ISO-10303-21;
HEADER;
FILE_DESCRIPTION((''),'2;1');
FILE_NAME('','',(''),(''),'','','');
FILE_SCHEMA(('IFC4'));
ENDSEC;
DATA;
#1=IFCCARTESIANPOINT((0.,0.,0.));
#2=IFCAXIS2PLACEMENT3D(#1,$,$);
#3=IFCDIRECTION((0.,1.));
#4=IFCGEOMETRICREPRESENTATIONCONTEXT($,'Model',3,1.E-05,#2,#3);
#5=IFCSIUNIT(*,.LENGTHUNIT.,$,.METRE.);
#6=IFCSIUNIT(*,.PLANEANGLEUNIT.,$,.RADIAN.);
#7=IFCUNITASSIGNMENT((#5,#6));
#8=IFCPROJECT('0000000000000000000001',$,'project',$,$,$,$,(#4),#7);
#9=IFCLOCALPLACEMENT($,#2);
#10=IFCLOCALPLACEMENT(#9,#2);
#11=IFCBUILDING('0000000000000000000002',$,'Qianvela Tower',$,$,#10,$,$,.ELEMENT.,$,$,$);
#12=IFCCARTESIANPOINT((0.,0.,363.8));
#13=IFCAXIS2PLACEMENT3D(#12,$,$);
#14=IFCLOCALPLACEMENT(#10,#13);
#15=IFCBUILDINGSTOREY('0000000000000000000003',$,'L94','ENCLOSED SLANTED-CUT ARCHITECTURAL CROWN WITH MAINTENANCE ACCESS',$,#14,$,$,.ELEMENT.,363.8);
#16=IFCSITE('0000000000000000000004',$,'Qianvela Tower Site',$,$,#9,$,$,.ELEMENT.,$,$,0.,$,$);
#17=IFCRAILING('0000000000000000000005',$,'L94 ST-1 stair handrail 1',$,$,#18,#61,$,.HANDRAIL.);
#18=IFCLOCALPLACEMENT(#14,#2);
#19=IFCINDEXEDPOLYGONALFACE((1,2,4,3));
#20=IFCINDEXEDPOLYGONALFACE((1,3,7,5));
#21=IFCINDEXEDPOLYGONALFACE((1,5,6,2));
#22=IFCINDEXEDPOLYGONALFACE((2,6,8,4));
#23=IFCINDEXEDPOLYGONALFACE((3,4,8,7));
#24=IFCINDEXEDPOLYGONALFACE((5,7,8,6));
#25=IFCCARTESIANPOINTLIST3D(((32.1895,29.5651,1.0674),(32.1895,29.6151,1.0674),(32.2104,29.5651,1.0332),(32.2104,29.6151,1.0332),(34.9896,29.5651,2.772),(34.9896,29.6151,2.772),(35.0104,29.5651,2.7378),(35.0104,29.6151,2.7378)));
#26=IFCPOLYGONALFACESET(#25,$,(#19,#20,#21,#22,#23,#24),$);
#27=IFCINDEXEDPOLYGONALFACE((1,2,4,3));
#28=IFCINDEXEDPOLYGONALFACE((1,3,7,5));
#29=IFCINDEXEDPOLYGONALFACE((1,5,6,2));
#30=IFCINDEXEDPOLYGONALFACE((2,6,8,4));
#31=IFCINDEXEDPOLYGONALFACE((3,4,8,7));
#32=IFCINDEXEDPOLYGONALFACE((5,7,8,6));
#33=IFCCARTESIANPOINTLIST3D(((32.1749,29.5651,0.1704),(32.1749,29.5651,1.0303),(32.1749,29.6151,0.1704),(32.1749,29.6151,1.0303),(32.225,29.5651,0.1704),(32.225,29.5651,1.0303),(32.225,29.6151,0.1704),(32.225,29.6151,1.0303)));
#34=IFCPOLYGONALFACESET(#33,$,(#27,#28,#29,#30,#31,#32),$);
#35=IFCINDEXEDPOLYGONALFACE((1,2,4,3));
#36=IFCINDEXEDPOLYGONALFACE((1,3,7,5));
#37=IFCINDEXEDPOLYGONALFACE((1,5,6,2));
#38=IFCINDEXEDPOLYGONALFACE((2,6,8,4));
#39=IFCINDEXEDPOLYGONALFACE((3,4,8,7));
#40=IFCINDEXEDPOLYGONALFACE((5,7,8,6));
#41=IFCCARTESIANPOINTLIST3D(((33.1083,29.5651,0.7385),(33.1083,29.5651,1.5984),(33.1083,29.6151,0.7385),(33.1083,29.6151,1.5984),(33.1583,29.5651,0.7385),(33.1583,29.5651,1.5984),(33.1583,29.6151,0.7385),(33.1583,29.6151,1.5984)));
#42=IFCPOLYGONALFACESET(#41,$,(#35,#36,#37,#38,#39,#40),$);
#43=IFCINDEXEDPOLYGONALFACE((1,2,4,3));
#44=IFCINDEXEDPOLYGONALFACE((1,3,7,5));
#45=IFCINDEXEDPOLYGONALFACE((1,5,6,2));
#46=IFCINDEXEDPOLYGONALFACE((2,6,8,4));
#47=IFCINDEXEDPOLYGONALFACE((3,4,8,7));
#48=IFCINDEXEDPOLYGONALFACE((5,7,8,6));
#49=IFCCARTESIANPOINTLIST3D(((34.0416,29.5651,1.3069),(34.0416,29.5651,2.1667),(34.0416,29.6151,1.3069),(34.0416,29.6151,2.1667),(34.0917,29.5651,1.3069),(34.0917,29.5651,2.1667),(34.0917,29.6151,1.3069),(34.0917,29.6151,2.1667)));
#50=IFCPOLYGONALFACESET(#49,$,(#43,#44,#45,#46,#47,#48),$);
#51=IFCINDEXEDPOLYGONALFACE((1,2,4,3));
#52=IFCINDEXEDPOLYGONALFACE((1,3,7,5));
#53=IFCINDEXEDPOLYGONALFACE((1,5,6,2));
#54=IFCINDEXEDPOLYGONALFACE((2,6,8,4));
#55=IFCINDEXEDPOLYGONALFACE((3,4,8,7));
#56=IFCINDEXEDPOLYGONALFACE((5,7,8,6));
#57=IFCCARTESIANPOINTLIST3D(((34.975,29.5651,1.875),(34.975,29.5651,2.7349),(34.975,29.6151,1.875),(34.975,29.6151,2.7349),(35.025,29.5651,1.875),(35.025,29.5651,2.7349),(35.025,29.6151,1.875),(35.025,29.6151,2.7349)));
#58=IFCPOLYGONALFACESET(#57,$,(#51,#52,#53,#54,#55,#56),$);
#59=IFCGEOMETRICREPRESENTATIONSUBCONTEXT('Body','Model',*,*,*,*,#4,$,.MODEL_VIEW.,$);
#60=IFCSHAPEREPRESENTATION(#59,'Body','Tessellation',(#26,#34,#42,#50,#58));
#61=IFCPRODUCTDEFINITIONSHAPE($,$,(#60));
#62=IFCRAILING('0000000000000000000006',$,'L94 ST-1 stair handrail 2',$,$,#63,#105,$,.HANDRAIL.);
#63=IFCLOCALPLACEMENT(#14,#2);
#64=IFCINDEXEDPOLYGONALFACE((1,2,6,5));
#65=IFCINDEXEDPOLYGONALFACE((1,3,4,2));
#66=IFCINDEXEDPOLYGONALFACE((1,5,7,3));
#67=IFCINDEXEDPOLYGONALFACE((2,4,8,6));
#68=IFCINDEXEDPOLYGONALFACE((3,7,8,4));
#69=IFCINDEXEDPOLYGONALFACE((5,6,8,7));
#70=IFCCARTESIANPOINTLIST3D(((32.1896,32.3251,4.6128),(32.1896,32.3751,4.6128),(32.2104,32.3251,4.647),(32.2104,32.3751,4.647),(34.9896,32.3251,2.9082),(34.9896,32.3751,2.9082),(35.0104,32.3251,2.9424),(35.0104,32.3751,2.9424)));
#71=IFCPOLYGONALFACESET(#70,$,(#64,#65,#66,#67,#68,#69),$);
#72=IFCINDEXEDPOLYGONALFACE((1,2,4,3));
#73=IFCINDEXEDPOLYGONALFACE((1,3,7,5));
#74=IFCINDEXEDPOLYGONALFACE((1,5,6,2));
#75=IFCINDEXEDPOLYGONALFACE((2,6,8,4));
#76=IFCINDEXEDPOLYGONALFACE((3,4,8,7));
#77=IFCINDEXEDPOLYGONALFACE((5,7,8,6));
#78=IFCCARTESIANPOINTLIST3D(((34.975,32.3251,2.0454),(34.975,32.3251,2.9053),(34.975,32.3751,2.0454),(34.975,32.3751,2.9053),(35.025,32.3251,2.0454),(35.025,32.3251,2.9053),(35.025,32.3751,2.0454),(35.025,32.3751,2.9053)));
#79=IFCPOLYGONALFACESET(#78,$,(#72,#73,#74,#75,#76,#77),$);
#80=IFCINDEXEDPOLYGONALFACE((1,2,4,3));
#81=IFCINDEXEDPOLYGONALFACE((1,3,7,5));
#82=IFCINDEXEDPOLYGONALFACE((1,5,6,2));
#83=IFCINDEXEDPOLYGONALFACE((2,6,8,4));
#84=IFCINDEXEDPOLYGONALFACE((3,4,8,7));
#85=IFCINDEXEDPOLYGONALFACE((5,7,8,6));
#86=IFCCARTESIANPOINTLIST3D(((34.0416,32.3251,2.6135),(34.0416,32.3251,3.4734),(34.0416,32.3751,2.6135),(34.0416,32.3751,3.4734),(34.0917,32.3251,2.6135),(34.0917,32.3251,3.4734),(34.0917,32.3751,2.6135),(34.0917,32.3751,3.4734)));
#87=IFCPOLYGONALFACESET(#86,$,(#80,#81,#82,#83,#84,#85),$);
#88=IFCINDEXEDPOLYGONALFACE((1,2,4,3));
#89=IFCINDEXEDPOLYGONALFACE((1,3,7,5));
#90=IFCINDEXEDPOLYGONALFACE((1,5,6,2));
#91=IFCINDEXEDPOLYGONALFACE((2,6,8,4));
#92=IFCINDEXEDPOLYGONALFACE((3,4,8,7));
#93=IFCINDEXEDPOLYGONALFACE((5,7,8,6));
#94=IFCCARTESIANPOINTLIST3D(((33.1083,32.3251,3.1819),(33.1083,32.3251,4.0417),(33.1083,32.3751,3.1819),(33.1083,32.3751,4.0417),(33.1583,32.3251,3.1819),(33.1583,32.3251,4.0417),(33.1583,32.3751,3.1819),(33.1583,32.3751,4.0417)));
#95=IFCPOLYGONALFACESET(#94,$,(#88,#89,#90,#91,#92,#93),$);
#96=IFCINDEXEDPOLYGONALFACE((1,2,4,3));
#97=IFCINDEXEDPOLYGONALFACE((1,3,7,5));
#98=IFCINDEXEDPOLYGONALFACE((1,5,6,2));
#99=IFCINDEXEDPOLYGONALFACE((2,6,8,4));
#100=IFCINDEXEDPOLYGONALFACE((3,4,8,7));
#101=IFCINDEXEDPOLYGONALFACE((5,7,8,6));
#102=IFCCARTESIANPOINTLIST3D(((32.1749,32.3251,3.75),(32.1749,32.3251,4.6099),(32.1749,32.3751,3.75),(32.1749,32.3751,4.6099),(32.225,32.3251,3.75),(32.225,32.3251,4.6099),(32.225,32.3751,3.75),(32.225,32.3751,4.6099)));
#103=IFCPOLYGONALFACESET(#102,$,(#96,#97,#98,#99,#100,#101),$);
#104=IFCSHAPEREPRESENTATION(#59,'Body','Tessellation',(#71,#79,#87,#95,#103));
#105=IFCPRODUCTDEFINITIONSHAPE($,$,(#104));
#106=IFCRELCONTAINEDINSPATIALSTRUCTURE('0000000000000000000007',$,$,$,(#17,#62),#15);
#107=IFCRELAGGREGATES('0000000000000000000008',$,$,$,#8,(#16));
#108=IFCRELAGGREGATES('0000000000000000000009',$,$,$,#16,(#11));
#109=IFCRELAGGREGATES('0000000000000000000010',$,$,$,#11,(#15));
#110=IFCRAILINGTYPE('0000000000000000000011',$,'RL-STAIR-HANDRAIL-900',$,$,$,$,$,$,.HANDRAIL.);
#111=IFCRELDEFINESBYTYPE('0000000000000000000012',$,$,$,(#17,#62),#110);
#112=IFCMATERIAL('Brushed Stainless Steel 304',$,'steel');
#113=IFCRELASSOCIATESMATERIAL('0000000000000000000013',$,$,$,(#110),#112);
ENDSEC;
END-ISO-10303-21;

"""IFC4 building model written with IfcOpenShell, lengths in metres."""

from ifc_helpers import new_model, si_unit, direction, frame, origin, origin_2d, place, context, subcontext, project, spatial, rectangle, extrude, material, type_object, element, save


model = new_model("IFC4")

# Units and contexts
model_context = context("Model", 3, precision=1e-05, world=origin(), true_north=direction((0.0, 1.0)))
body_context = subcontext(model_context, "Body", "Model", "MODEL_VIEW")
ifc_project = project(units=[si_unit("LENGTHUNIT", "METRE"), si_unit("PLANEANGLEUNIT", "RADIAN")], contexts=[model_context])

# Site, building, storey
site_placement = place(None, origin())
site = spatial("IfcSite", under=ifc_project, at=site_placement, Name="Qianvela Tower Site", CompositionType="ELEMENT", RefElevation=0.0)
building_placement = place(site_placement, origin())
building = spatial("IfcBuilding", under=site, at=building_placement, Name="Qianvela Tower", CompositionType="ELEMENT")
storey_placement = place(building_placement, frame((0.0, 0.0, 363.8)))
storey = spatial("IfcBuildingStorey", under=building, at=storey_placement, Name="L94", Description="ENCLOSED SLANTED-CUT ARCHITECTURAL CROWN WITH MAINTENANCE ACCESS", CompositionType="ELEMENT", Elevation=363.8)

# Railings
ifc_material_1 = material(Name="Brushed Stainless Steel 304", Category="steel")
railing_type_1 = type_object("IfcRailingType", Name="RL-STAIR-HANDRAIL-900", PredefinedType="HANDRAIL", material=ifc_material_1)
railing_1_placement = place(storey_placement, frame((32.2, 29.5901, 0.1704)))
element("IfcRailing", 1, at=railing_1_placement, inside=storey, type_object=railing_type_1, Name="L94 ST-1 stair handrail 1", PredefinedType="HANDRAIL", context=body_context, shape_type="SweptSolid", body=[
    extrude(rectangle(XDim=0.05, YDim=0.04, at=origin_2d()), frame((0.0, 0.0, 0.8799), z_axis=(0.85417, 0.0, 0.519994), x_axis=(0.0, 1.0, 0.0)), (0.0, 0.0, 1.0), 3.2781),
    extrude(rectangle(XDim=0.05, YDim=0.05, at=origin_2d()), origin(), (0.0, 0.0, 1.0), 0.8599),
    extrude(rectangle(XDim=0.05, YDim=0.05, at=origin_2d()), frame((0.9333, 0.0, 0.5681)), (0.0, 0.0, 1.0), 0.8599),
    extrude(rectangle(XDim=0.05, YDim=0.05, at=origin_2d()), frame((1.8667, 0.0, 1.1365)), (0.0, 0.0, 1.0), 0.8599),
    extrude(rectangle(XDim=0.05, YDim=0.05, at=origin_2d()), frame((2.8, 0.0, 1.7046)), (0.0, 0.0, 1.0), 0.8599),
])
railing_2_placement = place(storey_placement, frame((35.0, 32.3501, 2.0454)))
element("IfcRailing", 2, at=railing_2_placement, inside=storey, type_object=railing_type_1, Name="L94 ST-1 stair handrail 2", PredefinedType="HANDRAIL", context=body_context, shape_type="SweptSolid", body=[
    extrude(rectangle(XDim=0.05, YDim=0.04, at=origin_2d()), frame((0.0, 0.0, 0.8799), z_axis=(-0.85417, 0.0, 0.519994), x_axis=(0.0, -1.0, 0.0)), (0.0, 0.0, 1.0), 3.2781),
    extrude(rectangle(XDim=0.05, YDim=0.05, at=origin_2d()), origin(), (0.0, 0.0, 1.0), 0.8599),
    extrude(rectangle(XDim=0.05, YDim=0.05, at=origin_2d()), frame((-0.9333, 0.0, 0.5681)), (0.0, 0.0, 1.0), 0.8599),
    extrude(rectangle(XDim=0.05, YDim=0.05, at=origin_2d()), frame((-1.8667, 0.0, 1.1365)), (0.0, 0.0, 1.0), 0.8599),
    extrude(rectangle(XDim=0.05, YDim=0.05, at=origin_2d()), frame((-2.8, 0.0, 1.7046)), (0.0, 0.0, 1.0), 0.8599),
])

save(model, "model.ifc")
